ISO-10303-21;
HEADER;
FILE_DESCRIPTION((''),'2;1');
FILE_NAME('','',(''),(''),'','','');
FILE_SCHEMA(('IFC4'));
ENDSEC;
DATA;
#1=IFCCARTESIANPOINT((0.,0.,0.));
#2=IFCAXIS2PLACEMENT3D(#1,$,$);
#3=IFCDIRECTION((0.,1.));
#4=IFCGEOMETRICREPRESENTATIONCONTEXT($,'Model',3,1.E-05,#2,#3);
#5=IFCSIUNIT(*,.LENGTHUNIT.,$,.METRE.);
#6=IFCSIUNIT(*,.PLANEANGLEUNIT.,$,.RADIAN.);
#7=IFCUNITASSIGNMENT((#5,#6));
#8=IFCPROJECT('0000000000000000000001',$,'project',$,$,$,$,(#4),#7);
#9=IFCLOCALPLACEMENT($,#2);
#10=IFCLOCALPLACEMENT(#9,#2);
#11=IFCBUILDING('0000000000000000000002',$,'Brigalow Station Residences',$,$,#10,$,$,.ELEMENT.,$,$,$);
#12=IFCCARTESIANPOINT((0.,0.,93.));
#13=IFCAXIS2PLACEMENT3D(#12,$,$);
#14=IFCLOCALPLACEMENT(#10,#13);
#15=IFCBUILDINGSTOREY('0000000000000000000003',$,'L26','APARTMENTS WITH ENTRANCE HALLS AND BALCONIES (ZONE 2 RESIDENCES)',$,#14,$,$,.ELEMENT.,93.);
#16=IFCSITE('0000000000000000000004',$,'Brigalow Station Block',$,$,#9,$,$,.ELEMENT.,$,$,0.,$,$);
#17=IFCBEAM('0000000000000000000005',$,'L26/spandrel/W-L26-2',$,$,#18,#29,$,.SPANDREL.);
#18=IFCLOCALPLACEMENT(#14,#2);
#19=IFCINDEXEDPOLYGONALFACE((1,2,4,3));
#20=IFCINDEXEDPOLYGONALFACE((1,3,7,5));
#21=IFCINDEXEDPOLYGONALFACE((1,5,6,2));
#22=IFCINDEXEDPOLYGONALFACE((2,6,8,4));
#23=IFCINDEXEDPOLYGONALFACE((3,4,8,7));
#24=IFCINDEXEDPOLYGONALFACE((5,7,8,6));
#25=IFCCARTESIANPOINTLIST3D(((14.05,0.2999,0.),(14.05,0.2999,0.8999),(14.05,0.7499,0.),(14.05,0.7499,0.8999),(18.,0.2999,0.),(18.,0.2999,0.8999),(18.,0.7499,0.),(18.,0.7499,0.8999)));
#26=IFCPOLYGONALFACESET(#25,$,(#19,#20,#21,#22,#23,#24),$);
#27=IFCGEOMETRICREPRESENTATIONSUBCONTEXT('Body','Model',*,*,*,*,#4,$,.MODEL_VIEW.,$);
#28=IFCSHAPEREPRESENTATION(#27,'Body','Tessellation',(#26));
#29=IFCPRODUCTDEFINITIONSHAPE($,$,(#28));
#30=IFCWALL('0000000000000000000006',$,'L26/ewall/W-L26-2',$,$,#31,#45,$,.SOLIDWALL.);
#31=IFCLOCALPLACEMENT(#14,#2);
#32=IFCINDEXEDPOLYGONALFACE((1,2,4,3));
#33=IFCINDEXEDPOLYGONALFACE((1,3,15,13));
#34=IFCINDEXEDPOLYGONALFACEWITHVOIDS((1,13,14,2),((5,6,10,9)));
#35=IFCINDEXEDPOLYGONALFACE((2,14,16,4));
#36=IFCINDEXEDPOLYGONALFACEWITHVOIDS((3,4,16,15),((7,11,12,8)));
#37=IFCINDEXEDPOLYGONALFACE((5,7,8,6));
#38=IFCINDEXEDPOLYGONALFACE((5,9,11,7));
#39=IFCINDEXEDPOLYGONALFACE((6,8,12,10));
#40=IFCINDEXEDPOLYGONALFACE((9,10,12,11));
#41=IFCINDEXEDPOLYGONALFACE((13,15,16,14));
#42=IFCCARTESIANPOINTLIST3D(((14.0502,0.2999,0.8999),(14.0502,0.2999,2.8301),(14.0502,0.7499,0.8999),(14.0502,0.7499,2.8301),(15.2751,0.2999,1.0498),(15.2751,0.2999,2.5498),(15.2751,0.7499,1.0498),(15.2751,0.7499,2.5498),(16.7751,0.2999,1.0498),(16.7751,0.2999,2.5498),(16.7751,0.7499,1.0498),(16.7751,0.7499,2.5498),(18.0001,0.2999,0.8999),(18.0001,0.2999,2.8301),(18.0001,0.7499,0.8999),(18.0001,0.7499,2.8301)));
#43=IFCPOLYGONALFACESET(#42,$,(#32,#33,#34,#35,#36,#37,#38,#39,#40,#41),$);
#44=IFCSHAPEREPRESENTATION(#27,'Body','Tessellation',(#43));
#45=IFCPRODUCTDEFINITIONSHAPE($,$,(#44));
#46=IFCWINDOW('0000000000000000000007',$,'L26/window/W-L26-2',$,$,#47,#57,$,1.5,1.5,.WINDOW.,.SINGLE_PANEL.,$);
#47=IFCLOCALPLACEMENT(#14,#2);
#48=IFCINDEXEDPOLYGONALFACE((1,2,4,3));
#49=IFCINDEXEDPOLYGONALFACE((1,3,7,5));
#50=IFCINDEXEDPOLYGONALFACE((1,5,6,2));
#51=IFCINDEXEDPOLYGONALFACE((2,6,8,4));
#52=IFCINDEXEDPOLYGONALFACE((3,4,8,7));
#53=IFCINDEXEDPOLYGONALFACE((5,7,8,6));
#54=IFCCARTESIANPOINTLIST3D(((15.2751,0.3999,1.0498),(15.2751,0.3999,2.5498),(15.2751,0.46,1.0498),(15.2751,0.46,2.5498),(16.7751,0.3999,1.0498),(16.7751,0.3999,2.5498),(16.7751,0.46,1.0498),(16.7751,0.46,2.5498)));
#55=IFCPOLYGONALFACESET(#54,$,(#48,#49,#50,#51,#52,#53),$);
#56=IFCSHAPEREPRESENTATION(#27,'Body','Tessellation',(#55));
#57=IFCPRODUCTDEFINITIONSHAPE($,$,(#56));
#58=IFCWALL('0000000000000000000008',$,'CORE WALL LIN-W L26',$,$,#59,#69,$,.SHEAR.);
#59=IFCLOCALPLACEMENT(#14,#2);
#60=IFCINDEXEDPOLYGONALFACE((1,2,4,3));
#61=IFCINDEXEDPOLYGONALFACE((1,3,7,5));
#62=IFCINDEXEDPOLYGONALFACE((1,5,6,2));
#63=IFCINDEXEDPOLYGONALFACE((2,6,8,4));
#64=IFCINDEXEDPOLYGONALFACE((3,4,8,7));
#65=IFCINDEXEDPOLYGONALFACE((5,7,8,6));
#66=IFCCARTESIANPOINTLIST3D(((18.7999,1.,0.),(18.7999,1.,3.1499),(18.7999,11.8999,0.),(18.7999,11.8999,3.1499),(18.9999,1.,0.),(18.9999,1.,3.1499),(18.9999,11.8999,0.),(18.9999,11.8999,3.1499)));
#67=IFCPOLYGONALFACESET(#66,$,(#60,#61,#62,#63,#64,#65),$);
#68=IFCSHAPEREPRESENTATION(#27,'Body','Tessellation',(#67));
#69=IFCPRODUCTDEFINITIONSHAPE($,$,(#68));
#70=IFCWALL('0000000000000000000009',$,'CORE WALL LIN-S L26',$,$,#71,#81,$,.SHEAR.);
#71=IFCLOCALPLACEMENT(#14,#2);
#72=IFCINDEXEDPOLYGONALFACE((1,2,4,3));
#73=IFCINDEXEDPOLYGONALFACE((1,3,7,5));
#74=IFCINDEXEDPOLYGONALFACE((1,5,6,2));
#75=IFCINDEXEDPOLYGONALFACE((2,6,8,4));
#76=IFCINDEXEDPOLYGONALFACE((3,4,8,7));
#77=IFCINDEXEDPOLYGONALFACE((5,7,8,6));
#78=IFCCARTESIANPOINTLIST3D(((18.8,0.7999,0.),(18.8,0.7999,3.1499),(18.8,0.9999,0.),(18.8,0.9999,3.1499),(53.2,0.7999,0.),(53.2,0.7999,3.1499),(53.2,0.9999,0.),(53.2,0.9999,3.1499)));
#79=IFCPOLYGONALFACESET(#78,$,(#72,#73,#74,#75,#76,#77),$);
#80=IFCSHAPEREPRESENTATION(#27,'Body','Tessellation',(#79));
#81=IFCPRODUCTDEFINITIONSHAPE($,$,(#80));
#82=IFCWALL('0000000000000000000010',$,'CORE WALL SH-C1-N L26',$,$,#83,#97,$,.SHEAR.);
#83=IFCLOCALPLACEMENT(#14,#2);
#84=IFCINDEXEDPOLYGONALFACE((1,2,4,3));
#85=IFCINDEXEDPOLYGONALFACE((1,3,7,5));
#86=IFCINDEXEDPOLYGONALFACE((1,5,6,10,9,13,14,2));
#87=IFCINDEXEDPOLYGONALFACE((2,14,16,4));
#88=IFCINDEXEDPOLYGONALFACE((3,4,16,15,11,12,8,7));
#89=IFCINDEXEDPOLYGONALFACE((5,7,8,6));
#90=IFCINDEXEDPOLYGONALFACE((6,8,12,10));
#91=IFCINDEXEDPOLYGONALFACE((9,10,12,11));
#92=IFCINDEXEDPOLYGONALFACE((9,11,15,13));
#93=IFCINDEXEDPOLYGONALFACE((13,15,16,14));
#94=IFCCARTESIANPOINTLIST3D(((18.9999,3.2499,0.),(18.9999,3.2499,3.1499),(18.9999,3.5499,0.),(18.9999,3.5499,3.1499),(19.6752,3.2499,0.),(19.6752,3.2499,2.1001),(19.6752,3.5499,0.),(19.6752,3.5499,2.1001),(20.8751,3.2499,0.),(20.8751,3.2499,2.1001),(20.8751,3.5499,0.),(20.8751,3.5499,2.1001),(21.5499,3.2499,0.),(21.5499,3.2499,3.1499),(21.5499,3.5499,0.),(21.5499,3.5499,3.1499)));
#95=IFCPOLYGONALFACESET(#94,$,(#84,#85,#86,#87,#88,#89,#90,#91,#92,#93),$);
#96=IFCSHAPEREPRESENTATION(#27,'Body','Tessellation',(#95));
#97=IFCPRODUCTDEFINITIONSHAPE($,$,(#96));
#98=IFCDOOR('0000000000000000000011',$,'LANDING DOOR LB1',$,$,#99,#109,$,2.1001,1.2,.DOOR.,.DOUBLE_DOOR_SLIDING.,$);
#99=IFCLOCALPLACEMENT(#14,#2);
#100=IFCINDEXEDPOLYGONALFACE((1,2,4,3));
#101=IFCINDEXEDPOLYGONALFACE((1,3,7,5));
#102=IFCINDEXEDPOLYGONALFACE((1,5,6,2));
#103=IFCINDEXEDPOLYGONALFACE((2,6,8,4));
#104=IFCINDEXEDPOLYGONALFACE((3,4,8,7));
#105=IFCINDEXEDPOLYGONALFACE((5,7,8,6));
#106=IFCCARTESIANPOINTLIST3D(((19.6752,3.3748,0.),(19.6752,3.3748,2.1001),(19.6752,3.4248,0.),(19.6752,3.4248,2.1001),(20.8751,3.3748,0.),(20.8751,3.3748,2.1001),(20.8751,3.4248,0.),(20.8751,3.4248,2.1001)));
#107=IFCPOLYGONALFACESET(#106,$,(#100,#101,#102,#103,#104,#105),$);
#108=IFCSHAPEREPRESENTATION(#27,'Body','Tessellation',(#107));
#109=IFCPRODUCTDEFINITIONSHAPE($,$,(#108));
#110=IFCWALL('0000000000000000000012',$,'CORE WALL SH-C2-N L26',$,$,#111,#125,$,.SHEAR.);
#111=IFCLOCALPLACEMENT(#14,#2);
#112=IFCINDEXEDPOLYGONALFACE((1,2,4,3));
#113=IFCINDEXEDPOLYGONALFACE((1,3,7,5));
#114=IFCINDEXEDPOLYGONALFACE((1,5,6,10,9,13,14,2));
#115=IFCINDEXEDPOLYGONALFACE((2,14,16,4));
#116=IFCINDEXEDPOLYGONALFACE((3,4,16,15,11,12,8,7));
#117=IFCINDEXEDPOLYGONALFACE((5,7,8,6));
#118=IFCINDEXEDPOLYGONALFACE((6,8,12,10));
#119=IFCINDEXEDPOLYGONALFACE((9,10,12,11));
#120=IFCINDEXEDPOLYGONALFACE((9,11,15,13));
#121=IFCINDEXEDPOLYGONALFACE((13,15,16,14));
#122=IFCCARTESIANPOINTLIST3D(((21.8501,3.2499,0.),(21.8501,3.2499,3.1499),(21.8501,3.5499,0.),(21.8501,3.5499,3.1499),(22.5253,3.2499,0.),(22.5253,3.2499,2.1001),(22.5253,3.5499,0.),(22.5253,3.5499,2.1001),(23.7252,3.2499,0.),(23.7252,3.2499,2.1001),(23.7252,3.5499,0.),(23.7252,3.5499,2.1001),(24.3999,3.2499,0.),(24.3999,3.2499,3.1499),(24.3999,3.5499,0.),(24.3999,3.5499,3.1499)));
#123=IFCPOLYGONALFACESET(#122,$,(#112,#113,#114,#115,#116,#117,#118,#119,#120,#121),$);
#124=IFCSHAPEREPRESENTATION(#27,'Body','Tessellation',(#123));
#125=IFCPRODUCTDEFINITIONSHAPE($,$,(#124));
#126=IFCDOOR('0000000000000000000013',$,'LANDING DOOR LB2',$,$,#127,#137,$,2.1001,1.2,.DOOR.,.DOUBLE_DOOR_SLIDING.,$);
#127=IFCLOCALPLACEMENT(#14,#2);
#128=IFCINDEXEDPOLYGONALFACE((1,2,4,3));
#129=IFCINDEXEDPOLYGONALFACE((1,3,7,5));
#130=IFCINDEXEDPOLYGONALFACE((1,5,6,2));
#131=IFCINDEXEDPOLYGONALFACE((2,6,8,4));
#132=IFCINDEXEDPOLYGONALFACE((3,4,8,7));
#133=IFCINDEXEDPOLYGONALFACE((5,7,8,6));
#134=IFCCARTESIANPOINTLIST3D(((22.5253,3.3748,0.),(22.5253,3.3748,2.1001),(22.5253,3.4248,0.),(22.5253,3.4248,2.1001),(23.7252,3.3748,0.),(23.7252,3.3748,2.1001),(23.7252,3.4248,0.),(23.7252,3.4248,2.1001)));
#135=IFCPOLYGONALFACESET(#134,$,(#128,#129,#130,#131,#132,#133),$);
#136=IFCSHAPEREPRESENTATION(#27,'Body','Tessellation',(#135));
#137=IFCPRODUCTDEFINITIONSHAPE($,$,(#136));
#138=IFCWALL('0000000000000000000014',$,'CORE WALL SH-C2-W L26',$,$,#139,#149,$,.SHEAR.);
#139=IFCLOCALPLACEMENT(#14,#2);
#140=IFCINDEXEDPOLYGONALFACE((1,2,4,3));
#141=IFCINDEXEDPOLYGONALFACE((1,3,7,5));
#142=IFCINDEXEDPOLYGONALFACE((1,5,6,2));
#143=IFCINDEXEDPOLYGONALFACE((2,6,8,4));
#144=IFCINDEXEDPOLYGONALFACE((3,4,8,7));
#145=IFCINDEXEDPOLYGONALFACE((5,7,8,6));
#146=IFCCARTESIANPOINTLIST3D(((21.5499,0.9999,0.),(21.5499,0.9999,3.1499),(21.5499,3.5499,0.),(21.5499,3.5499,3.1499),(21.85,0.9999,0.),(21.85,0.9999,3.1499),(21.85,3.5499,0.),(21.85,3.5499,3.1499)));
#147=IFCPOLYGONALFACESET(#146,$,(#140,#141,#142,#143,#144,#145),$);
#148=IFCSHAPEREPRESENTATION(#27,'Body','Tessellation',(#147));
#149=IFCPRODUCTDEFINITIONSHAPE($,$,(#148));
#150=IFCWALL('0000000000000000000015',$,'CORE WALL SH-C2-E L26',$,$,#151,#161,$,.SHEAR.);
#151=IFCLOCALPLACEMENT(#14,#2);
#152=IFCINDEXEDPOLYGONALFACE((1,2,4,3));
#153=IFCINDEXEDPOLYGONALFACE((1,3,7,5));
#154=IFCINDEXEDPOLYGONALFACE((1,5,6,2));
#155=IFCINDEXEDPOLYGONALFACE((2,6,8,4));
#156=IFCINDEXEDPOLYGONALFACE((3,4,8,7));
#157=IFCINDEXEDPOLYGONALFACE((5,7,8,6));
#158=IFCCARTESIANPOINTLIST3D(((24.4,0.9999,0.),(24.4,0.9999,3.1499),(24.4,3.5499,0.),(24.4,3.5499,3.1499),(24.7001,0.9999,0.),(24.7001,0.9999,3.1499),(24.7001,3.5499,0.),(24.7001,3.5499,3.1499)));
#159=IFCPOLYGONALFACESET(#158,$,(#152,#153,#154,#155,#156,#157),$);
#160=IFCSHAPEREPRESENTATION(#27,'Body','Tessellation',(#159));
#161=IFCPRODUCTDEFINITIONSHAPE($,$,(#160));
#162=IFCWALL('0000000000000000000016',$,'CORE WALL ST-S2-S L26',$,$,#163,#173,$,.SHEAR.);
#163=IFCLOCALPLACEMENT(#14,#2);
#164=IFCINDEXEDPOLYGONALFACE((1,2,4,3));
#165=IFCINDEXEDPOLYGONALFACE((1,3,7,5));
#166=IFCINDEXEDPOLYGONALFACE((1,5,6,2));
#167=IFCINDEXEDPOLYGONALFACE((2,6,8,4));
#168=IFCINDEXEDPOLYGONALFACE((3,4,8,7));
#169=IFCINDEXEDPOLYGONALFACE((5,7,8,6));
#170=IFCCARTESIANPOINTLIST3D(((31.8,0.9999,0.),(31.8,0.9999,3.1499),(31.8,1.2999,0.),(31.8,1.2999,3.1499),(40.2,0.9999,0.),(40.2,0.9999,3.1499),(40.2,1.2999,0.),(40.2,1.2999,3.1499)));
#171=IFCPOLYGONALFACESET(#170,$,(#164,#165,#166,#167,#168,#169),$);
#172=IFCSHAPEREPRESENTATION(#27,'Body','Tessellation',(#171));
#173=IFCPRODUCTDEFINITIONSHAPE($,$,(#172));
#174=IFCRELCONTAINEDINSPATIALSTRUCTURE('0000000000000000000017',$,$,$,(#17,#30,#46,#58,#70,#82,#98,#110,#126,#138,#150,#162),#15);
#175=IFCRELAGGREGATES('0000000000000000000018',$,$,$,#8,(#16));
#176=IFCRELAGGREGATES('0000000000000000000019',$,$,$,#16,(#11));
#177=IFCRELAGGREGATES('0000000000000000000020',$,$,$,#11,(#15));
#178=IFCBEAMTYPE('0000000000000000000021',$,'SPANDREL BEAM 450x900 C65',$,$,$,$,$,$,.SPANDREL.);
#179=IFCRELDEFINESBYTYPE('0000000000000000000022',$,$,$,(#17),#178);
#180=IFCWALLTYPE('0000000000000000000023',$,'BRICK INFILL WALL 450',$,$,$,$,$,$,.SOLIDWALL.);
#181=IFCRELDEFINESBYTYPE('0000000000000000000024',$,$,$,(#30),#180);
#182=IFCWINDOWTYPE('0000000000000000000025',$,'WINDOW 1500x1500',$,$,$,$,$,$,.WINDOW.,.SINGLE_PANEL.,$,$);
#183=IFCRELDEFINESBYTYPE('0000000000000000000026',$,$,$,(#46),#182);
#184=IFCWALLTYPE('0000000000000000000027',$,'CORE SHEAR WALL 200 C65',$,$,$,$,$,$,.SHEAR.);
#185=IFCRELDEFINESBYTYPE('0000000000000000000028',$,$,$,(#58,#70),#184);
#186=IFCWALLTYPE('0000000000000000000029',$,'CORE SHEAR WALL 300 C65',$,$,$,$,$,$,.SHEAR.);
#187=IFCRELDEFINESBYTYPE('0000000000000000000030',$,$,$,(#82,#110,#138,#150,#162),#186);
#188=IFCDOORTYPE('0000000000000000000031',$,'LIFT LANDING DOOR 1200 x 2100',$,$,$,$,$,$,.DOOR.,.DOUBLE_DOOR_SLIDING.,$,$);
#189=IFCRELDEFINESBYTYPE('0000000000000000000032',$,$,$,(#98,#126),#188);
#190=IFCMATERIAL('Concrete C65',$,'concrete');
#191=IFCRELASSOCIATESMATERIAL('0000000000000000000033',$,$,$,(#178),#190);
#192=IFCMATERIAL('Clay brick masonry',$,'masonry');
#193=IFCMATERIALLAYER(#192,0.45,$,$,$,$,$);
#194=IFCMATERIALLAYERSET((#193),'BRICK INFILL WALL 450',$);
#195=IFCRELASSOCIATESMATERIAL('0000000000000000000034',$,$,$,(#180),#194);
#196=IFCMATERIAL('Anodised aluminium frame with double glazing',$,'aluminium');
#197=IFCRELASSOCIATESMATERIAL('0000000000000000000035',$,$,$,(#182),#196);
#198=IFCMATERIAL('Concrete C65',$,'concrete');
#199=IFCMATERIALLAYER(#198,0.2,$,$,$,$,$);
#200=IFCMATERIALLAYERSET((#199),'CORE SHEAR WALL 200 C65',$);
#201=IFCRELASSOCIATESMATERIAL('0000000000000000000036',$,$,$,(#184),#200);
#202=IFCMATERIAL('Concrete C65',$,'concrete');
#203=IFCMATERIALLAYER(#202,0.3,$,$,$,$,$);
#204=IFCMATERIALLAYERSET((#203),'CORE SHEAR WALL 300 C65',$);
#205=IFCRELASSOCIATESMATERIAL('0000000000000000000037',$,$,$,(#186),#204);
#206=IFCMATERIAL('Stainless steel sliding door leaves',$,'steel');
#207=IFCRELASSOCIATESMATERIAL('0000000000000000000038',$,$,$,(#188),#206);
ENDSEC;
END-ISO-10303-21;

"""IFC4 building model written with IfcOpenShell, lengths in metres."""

from ifc_helpers import new_model, si_unit, direction, frame, frame_2d, origin, origin_2d, place, context, subcontext, project, spatial, rectangle, extrude, material, layer, layer_set, material_profile, profile_set, type_object, element, fill, save


model = new_model("IFC4")

# Units and contexts
model_context = context("Model", 3, precision=1e-05, world=origin(), true_north=direction((0.0, 1.0)))
body_context = subcontext(model_context, "Body", "Model", "MODEL_VIEW")
ifc_project = project(units=[si_unit("LENGTHUNIT", "METRE"), si_unit("PLANEANGLEUNIT", "RADIAN")], contexts=[model_context])

# Site, building, storey
site_placement = place(None, origin())
site = spatial("IfcSite", under=ifc_project, at=site_placement, Name="Brigalow Station Block", CompositionType="ELEMENT", RefElevation=0.0)
building_placement = place(site_placement, origin())
building = spatial("IfcBuilding", under=site, at=building_placement, Name="Brigalow Station Residences", CompositionType="ELEMENT")
storey_placement = place(building_placement, frame((0.0, 0.0, 93.0)))
storey = spatial("IfcBuildingStorey", under=building, at=storey_placement, Name="L26", Description="APARTMENTS WITH ENTRANCE HALLS AND BALCONIES (ZONE 2 RESIDENCES)", CompositionType="ELEMENT", Elevation=93.0)

# Beam
ifc_material_1 = material(Name="Concrete C65", Category="concrete")
ifc_material_profile = material_profile(ifc_material_1, rectangle(XDim=0.45, YDim=0.8999, at=origin_2d()), Name="RC450x900")
ifc_profile_set = profile_set([ifc_material_profile], Name="Concrete C65")
beam_type = type_object("IfcBeamType", Name="SPANDREL BEAM 450x900 C65", PredefinedType="SPANDREL", material=ifc_profile_set)
beam_placement = place(storey_placement, frame((14.05, 0.5249, 0.45), z_axis=(1.0, 0.0, 0.0), x_axis=(0.0, 1.0, 0.0)))
element("IfcBeam", 1, at=beam_placement, inside=storey, type_object=beam_type, Name="L26/spandrel/W-L26-2", PredefinedType="SPANDREL", context=body_context, shape_type="SweptSolid", body=[
    extrude(rectangle(XDim=0.45, YDim=0.8999, at=origin_2d()), origin(), (0.0, 0.0, 1.0), 3.95),
])

# Wall, opening, window
ifc_material_2 = material(Name="Clay brick masonry", Category="masonry")
ifc_layer_1 = layer(ifc_material_2, 0.45)
ifc_layer_set_1 = layer_set([ifc_layer_1], Name="BRICK INFILL WALL 450")
wall_type_1 = type_object("IfcWallType", Name="BRICK INFILL WALL 450", PredefinedType="SOLIDWALL", material=ifc_layer_set_1)
wall_1_placement = place(storey_placement, frame((14.05, 0.5249, 0.8999), z_axis=(0.0, 0.0, 1.0), x_axis=(1.0, 0.0, 0.0)))
wall_1 = element("IfcWall", 2, at=wall_1_placement, inside=storey, type_object=wall_type_1, Name="L26/ewall/W-L26-2", PredefinedType="SOLIDWALL", context=body_context, shape_type="SweptSolid", body=[
    extrude(rectangle(XDim=3.95, YDim=0.45, at=frame_2d((1.9751, 0.0))), origin(), (0.0, 0.0, 1.0), 1.9302),
])
opening_1_placement = place(wall_1_placement, frame((1.2251, 0.0, 0.1499)))
opening_1 = element("IfcOpeningElement", 3, at=opening_1_placement, cuts=wall_1, PredefinedType="OPENING", context=body_context, shape_type="SweptSolid", body=[
    extrude(rectangle(XDim=1.5, YDim=1.5, at=frame_2d((0.75, 0.75))), frame((0.0, 0.2349, 0.0), z_axis=(0.0, -1.0, 0.0), x_axis=(1.0, 0.0, 0.0)), (0.0, 0.0, 1.0), 0.47),
])
ifc_material_3 = material(Name="Anodised aluminium frame with double glazing", Category="aluminium")
window_type = type_object("IfcWindowType", Name="WINDOW 1500x1500", PartitioningType="SINGLE_PANEL", PredefinedType="WINDOW", material=ifc_material_3)
window_placement = place(opening_1_placement, origin())
window = element("IfcWindow", 4, at=window_placement, inside=storey, type_object=window_type, Name="L26/window/W-L26-2", OverallHeight=1.5, OverallWidth=1.5, PartitioningType="SINGLE_PANEL", PredefinedType="WINDOW", context=body_context, shape_type="SweptSolid", body=[
    extrude(rectangle(XDim=1.5, YDim=1.5, at=frame_2d((0.75, 0.75))), frame((0.0, -0.0649, 0.0), z_axis=(0.0, -1.0, 0.0), x_axis=(1.0, 0.0, 0.0)), (0.0, 0.0, 1.0), 0.0601),
])
fill(opening_1, window)

# Walls
ifc_material_4 = material(Name="Concrete C65", Category="concrete")
ifc_layer_2 = layer(ifc_material_4, 0.2)
ifc_layer_set_2 = layer_set([ifc_layer_2], Name="CORE SHEAR WALL 200 C65")
wall_type_2 = type_object("IfcWallType", Name="CORE SHEAR WALL 200 C65", PredefinedType="SHEAR", material=ifc_layer_set_2)
wall_2_placement = place(storey_placement, frame((18.8999, 1.0, 0.0), z_axis=(0.0, 0.0, 1.0), x_axis=(0.0, 1.0, 0.0)))
element("IfcWall", 5, at=wall_2_placement, inside=storey, type_object=wall_type_2, Name="CORE WALL LIN-W L26", PredefinedType="SHEAR", context=body_context, shape_type="SweptSolid", body=[
    extrude(rectangle(XDim=10.8999, YDim=0.2, at=frame_2d((5.45, 0.0))), origin(), (0.0, 0.0, 1.0), 3.1499),
])
wall_3_placement = place(storey_placement, frame((18.8, 0.8999, 0.0), z_axis=(0.0, 0.0, 1.0), x_axis=(1.0, 0.0, 0.0)))
element("IfcWall", 6, at=wall_3_placement, inside=storey, type_object=wall_type_2, Name="CORE WALL LIN-S L26", PredefinedType="SHEAR", context=body_context, shape_type="SweptSolid", body=[
    extrude(rectangle(XDim=34.3999, YDim=0.2, at=frame_2d((17.2, 0.0))), origin(), (0.0, 0.0, 1.0), 3.1499),
])

# Walls, openings, doors
ifc_material_5 = material(Name="Concrete C65", Category="concrete")
ifc_layer_3 = layer(ifc_material_5, 0.3)
ifc_layer_set_3 = layer_set([ifc_layer_3], Name="CORE SHEAR WALL 300 C65")
wall_type_3 = type_object("IfcWallType", Name="CORE SHEAR WALL 300 C65", PredefinedType="SHEAR", material=ifc_layer_set_3)
wall_4_placement = place(storey_placement, frame((19.0, 3.3999, 0.0), z_axis=(0.0, 0.0, 1.0), x_axis=(1.0, 0.0, 0.0)))
wall_4 = element("IfcWall", 7, at=wall_4_placement, inside=storey, type_object=wall_type_3, Name="CORE WALL SH-C1-N L26", PredefinedType="SHEAR", context=body_context, shape_type="SweptSolid", body=[
    extrude(rectangle(XDim=2.55, YDim=0.3, at=frame_2d((1.2749, 0.0))), origin(), (0.0, 0.0, 1.0), 3.1499),
])
opening_2_placement = place(wall_4_placement, frame((0.675, 0.0, 0.0)))
opening_2 = element("IfcOpeningElement", 8, at=opening_2_placement, cuts=wall_4, PredefinedType="OPENING", context=body_context, shape_type="SweptSolid", body=[
    extrude(rectangle(XDim=1.2, YDim=2.1001, at=frame_2d((0.6001, 1.05))), frame((0.0, 0.1602, 0.0), z_axis=(0.0, -1.0, 0.0), x_axis=(1.0, 0.0, 0.0)), (0.0, 0.0, 1.0), 0.3201),
])
ifc_material_6 = material(Name="Stainless steel sliding door leaves", Category="steel")
door_type = type_object("IfcDoorType", Name="LIFT LANDING DOOR 1200 x 2100", OperationType="DOUBLE_DOOR_SLIDING", PredefinedType="DOOR", material=ifc_material_6)
door_1_placement = place(opening_2_placement, origin())
door_1 = element("IfcDoor", 9, at=door_1_placement, inside=storey, type_object=door_type, Name="LANDING DOOR LB1", OperationType="DOUBLE_DOOR_SLIDING", OverallHeight=2.1001, OverallWidth=1.2, PredefinedType="DOOR", context=body_context, shape_type="SweptSolid", body=[
    extrude(rectangle(XDim=1.2, YDim=2.1001, at=frame_2d((0.6001, 1.05))), frame((0.0, 0.0249, 0.0), z_axis=(0.0, -1.0, 0.0), x_axis=(1.0, 0.0, 0.0)), (0.0, 0.0, 1.0), 0.05),
])
fill(opening_2, door_1)
wall_5_placement = place(storey_placement, frame((21.8501, 3.3999, 0.0), z_axis=(0.0, 0.0, 1.0), x_axis=(1.0, 0.0, 0.0)))
wall_5 = element("IfcWall", 10, at=wall_5_placement, inside=storey, type_object=wall_type_3, Name="CORE WALL SH-C2-N L26", PredefinedType="SHEAR", context=body_context, shape_type="SweptSolid", body=[
    extrude(rectangle(XDim=2.5498, YDim=0.3, at=frame_2d((1.2749, 0.0))), origin(), (0.0, 0.0, 1.0), 3.1499),
])
opening_3_placement = place(wall_5_placement, frame((0.675, 0.0, 0.0)))
opening_3 = element("IfcOpeningElement", 11, at=opening_3_placement, cuts=wall_5, PredefinedType="OPENING", context=body_context, shape_type="SweptSolid", body=[
    extrude(rectangle(XDim=1.2, YDim=2.1001, at=frame_2d((0.6001, 1.05))), frame((0.0, 0.1602, 0.0), z_axis=(0.0, -1.0, 0.0), x_axis=(1.0, 0.0, 0.0)), (0.0, 0.0, 1.0), 0.3201),
])
door_2_placement = place(opening_3_placement, origin())
door_2 = element("IfcDoor", 12, at=door_2_placement, inside=storey, type_object=door_type, Name="LANDING DOOR LB2", OperationType="DOUBLE_DOOR_SLIDING", OverallHeight=2.1001, OverallWidth=1.2, PredefinedType="DOOR", context=body_context, shape_type="SweptSolid", body=[
    extrude(rectangle(XDim=1.2, YDim=2.1001, at=frame_2d((0.6001, 1.05))), frame((0.0, 0.0249, 0.0), z_axis=(0.0, -1.0, 0.0), x_axis=(1.0, 0.0, 0.0)), (0.0, 0.0, 1.0), 0.05),
])
fill(opening_3, door_2)

# Walls
for number, where, z_axis, x_axis, name in (
    (13, (21.7, 1.0, 0.0), (0.0, 0.0, 1.0), (0.0, 1.0, 0.0), "CORE WALL SH-C2-W L26"),
    (14, (24.55, 1.0, 0.0), (0.0, 0.0, 1.0), (0.0, 1.0, 0.0), "CORE WALL SH-C2-E L26"),
):
    element("IfcWall", number, at=place(storey_placement, frame(where, z_axis=z_axis, x_axis=x_axis)), inside=storey, type_object=wall_type_3, Name=name, PredefinedType="SHEAR", context=body_context, shape_type="SweptSolid", body=[
        extrude(rectangle(XDim=2.55, YDim=0.3, at=frame_2d((1.2749, 0.0))), origin(), (0.0, 0.0, 1.0), 3.1499),
    ])
wall_6_placement = place(storey_placement, frame((31.8, 1.1499, 0.0), z_axis=(0.0, 0.0, 1.0), x_axis=(1.0, 0.0, 0.0)))
element("IfcWall", 15, at=wall_6_placement, inside=storey, type_object=wall_type_3, Name="CORE WALL ST-S2-S L26", PredefinedType="SHEAR", context=body_context, shape_type="SweptSolid", body=[
    extrude(rectangle(XDim=8.3999, YDim=0.3, at=frame_2d((4.2, 0.0))), origin(), (0.0, 0.0, 1.0), 3.1499),
])

save(model, "model.ifc")
